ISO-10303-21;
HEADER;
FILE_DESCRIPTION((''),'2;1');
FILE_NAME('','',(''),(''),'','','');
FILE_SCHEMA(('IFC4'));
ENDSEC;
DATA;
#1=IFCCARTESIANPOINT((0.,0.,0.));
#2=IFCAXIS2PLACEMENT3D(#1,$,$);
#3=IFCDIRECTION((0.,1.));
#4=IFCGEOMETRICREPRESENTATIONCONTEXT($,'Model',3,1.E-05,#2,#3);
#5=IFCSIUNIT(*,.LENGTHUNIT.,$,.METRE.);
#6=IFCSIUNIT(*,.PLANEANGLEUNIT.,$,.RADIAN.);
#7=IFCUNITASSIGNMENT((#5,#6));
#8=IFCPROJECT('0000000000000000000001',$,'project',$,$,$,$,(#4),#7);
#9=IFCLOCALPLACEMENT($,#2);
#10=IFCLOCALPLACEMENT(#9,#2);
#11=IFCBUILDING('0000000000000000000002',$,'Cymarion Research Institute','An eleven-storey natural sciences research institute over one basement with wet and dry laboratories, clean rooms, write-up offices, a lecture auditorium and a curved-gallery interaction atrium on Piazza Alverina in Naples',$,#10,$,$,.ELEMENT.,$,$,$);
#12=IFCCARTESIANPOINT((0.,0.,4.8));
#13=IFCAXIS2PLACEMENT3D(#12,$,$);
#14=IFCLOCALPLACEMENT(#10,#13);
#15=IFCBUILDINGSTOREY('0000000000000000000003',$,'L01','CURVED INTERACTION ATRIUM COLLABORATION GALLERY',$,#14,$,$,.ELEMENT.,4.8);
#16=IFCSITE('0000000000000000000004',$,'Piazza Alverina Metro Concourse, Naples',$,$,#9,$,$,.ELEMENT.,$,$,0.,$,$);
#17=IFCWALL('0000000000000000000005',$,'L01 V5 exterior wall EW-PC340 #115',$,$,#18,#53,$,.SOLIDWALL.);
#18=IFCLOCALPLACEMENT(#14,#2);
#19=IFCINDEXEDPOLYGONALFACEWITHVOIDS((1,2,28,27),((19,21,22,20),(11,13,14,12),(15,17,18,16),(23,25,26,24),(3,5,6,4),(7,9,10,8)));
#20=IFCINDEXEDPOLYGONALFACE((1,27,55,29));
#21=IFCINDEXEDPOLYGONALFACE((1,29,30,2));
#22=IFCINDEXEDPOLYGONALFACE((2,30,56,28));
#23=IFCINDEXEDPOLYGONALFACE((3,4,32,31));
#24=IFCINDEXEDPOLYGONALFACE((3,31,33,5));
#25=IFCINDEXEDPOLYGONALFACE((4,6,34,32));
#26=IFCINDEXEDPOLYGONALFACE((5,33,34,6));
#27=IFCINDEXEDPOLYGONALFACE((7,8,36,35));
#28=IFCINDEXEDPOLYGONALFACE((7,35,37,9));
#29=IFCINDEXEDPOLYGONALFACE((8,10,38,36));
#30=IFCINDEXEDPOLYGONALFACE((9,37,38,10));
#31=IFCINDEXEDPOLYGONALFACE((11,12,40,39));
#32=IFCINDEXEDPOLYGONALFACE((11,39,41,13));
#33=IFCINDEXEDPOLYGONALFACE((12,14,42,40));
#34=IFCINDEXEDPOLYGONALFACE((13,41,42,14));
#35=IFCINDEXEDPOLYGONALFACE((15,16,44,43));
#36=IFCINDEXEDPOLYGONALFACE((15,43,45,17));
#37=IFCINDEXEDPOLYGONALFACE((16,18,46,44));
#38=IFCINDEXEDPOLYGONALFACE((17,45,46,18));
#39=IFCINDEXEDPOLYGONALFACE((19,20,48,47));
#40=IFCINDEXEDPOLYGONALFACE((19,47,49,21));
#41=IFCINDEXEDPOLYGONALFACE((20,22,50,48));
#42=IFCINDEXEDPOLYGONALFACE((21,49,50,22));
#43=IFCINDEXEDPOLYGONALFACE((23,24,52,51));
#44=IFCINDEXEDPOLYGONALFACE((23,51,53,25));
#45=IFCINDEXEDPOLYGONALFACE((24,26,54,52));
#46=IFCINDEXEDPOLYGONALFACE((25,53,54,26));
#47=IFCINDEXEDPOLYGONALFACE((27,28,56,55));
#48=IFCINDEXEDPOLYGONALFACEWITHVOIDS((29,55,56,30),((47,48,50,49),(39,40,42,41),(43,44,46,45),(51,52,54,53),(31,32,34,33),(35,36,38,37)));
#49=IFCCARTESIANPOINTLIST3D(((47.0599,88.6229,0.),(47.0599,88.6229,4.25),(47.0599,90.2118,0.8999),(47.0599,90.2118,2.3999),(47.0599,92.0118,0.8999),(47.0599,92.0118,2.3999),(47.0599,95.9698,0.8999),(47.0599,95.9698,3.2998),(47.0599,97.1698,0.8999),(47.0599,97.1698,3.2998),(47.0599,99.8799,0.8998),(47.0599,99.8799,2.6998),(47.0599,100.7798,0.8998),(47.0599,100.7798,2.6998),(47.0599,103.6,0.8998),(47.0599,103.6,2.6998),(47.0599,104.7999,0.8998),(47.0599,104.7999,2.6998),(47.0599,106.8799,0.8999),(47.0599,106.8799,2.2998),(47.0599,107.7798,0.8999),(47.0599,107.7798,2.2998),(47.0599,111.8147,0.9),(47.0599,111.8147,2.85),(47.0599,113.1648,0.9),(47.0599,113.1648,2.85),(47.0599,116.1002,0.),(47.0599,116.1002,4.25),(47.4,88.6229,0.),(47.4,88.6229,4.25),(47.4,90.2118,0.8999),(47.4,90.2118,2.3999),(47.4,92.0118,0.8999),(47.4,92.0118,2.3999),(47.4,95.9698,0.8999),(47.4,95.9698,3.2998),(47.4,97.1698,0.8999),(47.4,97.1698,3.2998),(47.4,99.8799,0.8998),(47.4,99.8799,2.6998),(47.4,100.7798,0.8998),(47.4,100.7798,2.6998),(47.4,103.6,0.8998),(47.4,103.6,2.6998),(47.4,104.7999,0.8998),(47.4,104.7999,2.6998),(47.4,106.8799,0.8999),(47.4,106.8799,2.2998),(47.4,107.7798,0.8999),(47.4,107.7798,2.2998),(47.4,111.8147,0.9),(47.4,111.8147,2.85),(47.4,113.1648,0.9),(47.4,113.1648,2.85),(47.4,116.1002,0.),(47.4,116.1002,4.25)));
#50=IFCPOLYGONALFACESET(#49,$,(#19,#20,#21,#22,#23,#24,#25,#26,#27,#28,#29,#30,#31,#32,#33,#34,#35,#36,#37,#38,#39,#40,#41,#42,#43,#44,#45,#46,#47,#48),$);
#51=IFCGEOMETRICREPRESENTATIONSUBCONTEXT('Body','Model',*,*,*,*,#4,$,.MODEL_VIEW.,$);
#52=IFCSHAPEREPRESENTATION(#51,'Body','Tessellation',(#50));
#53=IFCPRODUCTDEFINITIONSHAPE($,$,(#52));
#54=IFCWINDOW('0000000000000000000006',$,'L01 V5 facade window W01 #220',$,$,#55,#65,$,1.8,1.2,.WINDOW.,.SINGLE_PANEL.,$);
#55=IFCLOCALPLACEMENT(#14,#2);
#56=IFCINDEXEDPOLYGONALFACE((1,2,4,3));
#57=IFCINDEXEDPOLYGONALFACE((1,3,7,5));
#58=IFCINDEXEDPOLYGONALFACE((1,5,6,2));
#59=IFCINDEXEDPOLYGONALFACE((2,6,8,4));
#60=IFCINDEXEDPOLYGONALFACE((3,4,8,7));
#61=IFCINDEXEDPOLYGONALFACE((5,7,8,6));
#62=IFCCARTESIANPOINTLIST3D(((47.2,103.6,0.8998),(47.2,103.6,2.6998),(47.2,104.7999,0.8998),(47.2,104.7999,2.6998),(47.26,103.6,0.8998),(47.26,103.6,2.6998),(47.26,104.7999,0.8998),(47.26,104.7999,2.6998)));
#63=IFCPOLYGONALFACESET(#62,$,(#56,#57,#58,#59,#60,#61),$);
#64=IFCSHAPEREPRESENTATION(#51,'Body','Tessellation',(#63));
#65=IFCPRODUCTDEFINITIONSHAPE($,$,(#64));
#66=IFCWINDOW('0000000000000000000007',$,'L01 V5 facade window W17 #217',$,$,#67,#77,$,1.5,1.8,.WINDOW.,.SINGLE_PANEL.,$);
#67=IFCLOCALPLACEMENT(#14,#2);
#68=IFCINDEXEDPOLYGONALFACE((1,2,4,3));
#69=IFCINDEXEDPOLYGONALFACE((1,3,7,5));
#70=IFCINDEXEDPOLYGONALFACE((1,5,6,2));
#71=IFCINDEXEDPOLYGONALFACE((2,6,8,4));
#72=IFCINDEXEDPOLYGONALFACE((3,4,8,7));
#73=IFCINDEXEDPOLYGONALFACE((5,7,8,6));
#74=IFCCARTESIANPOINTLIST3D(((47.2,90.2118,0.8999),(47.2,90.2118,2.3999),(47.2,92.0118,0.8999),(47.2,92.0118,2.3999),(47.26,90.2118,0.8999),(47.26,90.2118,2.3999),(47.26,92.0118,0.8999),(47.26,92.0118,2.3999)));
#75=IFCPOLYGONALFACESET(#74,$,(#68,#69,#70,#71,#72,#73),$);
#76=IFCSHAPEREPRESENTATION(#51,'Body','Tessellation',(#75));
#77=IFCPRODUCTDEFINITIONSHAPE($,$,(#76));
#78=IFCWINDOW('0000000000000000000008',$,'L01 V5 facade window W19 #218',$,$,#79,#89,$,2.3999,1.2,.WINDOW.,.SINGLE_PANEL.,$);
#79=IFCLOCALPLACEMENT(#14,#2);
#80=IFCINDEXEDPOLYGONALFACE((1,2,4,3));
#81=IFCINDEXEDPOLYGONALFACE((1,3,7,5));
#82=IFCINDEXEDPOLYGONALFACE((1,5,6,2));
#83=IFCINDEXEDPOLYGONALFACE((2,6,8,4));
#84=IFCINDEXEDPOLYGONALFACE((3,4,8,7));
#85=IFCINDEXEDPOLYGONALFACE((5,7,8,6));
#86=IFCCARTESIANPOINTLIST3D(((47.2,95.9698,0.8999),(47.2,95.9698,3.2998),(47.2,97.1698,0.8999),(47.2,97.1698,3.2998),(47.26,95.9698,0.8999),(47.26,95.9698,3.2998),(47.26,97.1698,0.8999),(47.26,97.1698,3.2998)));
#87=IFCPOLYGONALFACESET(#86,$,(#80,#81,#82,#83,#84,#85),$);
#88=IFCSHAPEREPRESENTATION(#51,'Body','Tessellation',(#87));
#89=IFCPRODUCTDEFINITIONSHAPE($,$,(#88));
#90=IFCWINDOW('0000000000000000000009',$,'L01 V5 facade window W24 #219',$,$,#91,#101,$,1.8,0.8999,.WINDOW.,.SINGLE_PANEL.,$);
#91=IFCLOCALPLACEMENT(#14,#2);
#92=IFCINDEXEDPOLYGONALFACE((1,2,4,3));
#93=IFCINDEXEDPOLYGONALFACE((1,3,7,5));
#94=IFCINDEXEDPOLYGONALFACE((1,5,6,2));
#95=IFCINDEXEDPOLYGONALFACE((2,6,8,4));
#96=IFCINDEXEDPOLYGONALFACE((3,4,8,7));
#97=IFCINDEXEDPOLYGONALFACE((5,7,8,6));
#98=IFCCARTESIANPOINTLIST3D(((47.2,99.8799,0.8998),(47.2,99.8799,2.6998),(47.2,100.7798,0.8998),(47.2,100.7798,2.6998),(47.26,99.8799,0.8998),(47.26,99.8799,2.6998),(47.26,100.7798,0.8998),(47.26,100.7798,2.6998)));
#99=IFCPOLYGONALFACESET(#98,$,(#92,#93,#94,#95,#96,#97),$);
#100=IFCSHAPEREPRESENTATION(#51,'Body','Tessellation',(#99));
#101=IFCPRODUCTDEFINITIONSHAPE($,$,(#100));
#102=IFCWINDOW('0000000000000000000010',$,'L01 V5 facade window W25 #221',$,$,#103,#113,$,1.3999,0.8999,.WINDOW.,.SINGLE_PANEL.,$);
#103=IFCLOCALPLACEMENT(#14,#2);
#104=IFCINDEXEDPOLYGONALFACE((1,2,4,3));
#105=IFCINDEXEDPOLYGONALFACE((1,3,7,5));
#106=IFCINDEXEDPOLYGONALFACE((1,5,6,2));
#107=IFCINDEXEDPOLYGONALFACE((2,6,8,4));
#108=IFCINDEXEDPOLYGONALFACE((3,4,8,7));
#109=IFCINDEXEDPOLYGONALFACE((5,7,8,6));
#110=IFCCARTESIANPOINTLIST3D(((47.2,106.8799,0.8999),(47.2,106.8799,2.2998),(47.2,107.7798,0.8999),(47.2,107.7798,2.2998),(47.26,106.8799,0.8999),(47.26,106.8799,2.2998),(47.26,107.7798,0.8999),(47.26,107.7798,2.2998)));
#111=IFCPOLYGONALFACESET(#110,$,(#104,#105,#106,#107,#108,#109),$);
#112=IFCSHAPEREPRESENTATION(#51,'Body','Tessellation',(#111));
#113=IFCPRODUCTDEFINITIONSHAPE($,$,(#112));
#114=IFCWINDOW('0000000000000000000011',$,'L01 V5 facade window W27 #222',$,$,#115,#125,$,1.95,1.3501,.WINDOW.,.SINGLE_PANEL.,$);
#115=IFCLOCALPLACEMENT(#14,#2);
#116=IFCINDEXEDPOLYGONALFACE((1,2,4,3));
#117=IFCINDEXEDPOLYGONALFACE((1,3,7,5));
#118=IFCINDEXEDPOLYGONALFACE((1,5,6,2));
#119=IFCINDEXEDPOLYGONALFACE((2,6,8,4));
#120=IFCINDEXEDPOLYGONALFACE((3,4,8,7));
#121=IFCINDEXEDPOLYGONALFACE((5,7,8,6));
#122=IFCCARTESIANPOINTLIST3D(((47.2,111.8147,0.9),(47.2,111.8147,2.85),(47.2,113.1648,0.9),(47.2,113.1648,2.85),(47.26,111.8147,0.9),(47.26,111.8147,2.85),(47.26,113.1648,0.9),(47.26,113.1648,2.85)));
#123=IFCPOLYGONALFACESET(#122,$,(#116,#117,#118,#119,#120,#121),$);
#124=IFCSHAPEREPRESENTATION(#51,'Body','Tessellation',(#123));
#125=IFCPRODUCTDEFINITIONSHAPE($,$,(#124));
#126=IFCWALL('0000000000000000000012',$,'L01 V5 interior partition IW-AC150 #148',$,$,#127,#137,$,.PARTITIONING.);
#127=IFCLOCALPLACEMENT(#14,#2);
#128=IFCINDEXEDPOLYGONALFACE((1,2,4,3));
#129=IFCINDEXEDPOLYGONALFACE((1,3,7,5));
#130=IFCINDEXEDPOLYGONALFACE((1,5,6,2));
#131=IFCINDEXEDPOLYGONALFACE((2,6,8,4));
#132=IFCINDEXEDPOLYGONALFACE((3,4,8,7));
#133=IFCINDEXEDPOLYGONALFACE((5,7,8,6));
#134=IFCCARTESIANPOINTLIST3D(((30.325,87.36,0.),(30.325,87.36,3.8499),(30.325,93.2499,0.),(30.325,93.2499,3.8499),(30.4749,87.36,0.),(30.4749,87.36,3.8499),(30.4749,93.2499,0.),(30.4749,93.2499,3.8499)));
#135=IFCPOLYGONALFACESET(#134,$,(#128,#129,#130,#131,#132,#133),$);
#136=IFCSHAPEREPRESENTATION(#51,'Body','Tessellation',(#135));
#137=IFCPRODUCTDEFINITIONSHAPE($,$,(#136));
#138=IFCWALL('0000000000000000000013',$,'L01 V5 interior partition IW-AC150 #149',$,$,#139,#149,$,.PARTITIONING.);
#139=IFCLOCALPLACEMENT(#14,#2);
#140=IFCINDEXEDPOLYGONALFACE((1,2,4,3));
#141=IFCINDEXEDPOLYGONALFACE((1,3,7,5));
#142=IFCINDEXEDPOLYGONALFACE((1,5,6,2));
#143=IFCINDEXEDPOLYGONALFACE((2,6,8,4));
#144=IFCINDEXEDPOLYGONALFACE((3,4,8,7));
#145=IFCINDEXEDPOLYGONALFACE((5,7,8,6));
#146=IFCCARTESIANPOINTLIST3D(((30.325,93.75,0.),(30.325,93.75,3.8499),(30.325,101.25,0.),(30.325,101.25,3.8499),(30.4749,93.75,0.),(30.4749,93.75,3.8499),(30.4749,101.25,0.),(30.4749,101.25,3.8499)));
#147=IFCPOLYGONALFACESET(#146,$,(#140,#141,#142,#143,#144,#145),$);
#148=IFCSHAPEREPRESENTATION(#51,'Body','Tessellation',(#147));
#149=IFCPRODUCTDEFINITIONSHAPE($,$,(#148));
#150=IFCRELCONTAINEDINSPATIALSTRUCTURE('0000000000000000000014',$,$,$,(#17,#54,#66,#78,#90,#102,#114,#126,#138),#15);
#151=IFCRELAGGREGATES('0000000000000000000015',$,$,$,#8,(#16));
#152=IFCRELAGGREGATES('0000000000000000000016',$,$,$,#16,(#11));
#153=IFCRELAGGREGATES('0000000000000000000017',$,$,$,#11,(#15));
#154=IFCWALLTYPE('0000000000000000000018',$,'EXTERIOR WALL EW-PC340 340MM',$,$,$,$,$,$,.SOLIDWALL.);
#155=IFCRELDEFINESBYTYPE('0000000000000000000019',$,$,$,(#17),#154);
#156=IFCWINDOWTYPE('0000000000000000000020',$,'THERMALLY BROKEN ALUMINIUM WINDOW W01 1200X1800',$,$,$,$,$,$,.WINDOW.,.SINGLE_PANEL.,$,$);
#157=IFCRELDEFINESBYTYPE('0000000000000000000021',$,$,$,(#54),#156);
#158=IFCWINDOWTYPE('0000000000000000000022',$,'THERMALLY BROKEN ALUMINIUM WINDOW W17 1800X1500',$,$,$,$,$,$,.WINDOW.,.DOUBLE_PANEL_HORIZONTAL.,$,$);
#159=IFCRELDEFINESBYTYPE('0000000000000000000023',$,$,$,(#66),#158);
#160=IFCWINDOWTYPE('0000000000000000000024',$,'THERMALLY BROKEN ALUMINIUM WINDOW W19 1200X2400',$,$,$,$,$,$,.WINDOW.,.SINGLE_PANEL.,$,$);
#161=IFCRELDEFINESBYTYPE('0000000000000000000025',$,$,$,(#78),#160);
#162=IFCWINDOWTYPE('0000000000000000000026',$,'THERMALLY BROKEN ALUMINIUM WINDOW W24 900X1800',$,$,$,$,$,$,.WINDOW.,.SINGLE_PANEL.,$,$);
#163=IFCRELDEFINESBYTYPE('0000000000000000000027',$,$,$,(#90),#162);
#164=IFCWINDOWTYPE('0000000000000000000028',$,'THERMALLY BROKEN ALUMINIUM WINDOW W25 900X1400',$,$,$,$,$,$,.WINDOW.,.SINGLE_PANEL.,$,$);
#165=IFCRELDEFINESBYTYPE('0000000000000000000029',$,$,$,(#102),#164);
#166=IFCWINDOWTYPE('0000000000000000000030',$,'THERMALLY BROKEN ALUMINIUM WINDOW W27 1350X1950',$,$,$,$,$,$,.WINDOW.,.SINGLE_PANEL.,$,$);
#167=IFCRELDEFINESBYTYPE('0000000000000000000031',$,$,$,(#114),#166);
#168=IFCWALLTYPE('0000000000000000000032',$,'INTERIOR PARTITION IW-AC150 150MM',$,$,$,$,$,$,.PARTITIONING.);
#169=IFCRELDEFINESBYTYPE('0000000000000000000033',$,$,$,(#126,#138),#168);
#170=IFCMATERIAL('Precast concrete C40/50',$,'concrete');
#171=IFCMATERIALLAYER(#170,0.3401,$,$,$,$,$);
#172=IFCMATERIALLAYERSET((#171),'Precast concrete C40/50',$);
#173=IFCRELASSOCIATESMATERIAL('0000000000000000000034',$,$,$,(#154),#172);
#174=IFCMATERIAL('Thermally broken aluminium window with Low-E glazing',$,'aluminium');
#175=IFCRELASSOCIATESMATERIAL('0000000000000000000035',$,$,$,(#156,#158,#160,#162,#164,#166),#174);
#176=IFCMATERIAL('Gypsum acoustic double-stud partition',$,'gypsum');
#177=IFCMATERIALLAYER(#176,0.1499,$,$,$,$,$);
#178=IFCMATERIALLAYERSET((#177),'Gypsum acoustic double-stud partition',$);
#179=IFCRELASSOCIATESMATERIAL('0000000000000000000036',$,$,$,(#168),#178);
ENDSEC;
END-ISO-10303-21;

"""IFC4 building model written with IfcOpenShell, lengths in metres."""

from ifc_helpers import new_model, si_unit, direction, frame, frame_2d, origin, place, context, subcontext, project, spatial, rectangle, extrude, material, layer, layer_set, type_object, element, fill, save


model = new_model("IFC4")

# Units and contexts
model_context = context("Model", 3, precision=1e-05, world=origin(), true_north=direction((0.0, 1.0)))
body_context = subcontext(model_context, "Body", "Model", "MODEL_VIEW")
ifc_project = project(units=[si_unit("LENGTHUNIT", "METRE"), si_unit("PLANEANGLEUNIT", "RADIAN")], contexts=[model_context])

# Site, building, storey
site_placement = place(None, origin())
site = spatial("IfcSite", under=ifc_project, at=site_placement, Name="Piazza Alverina Metro Concourse, Naples", CompositionType="ELEMENT", RefElevation=0.0)
building_placement = place(site_placement, origin())
building = spatial("IfcBuilding", under=site, at=building_placement, Name="Cymarion Research Institute", Description="An eleven-storey natural sciences research institute over one basement with wet and dry laboratories, clean rooms, write-up offices, a lecture auditorium and a curved-gallery interaction atrium on Piazza Alverina in Naples", CompositionType="ELEMENT")
storey_placement = place(building_placement, frame((0.0, 0.0, 4.8)))
storey = spatial("IfcBuildingStorey", under=building, at=storey_placement, Name="L01", Description="CURVED INTERACTION ATRIUM COLLABORATION GALLERY", CompositionType="ELEMENT", Elevation=4.8)

# Wall, openings, windows
ifc_material_1 = material(Name="Precast concrete C40/50", Category="concrete")
ifc_layer_1 = layer(ifc_material_1, 0.3401)
ifc_layer_set_1 = layer_set([ifc_layer_1], Name="Precast concrete C40/50")
wall_type_1 = type_object("IfcWallType", Name="EXTERIOR WALL EW-PC340 340MM", PredefinedType="SOLIDWALL", material=ifc_layer_set_1)
wall_1_placement = place(storey_placement, frame((47.23, 88.6228, 0.0), z_axis=(0.0, 0.0, 1.0), x_axis=(0.0, 1.0, 0.0)))
wall_1 = element("IfcWall", 1, at=wall_1_placement, inside=storey, type_object=wall_type_1, Name="L01 V5 exterior wall EW-PC340 #115", PredefinedType="SOLIDWALL", context=body_context, shape_type="SweptSolid", body=[
    extrude(rectangle(XDim=27.4773, YDim=0.3401, at=frame_2d((13.7388, 0.0))), origin(), (0.0, 0.0, 1.0), 4.25),
])
opening_1_placement = place(wall_1_placement, frame((1.5891, 0.0, 0.8999)))
opening_1 = element("IfcOpeningElement", 2, at=opening_1_placement, cuts=wall_1, PredefinedType="OPENING", context=body_context, shape_type="SweptSolid", body=[
    extrude(rectangle(XDim=1.8, YDim=1.5, at=frame_2d((0.8999, 0.75))), frame((0.0, 0.1799, 0.0), z_axis=(0.0, -1.0, 0.0), x_axis=(1.0, 0.0, 0.0)), (0.0, 0.0, 1.0), 0.3601),
])
opening_2_placement = place(wall_1_placement, frame((7.3469, 0.0, 0.8999)))
opening_2 = element("IfcOpeningElement", 3, at=opening_2_placement, cuts=wall_1, PredefinedType="OPENING", context=body_context, shape_type="SweptSolid", body=[
    extrude(rectangle(XDim=1.2, YDim=2.3999, at=frame_2d((0.6001, 1.2))), frame((0.0, 0.1799, 0.0), z_axis=(0.0, -1.0, 0.0), x_axis=(1.0, 0.0, 0.0)), (0.0, 0.0, 1.0), 0.3601),
])
opening_3_placement = place(wall_1_placement, frame((11.2571, 0.0, 0.8999)))
opening_3 = element("IfcOpeningElement", 4, at=opening_3_placement, cuts=wall_1, PredefinedType="OPENING", context=body_context, shape_type="SweptSolid", body=[
    extrude(rectangle(XDim=0.8999, YDim=1.8, at=frame_2d((0.45, 0.8999))), frame((0.0, 0.1799, 0.0), z_axis=(0.0, -1.0, 0.0), x_axis=(1.0, 0.0, 0.0)), (0.0, 0.0, 1.0), 0.3601),
])
opening_4_placement = place(wall_1_placement, frame((14.9771, 0.0, 0.8999)))
opening_4 = element("IfcOpeningElement", 5, at=opening_4_placement, cuts=wall_1, PredefinedType="OPENING", context=body_context, shape_type="SweptSolid", body=[
    extrude(rectangle(XDim=1.2, YDim=1.8, at=frame_2d((0.6001, 0.8999))), frame((0.0, 0.1799, 0.0), z_axis=(0.0, -1.0, 0.0), x_axis=(1.0, 0.0, 0.0)), (0.0, 0.0, 1.0), 0.3601),
])
opening_5_placement = place(wall_1_placement, frame((18.2571, 0.0, 0.8999)))
opening_5 = element("IfcOpeningElement", 6, at=opening_5_placement, cuts=wall_1, PredefinedType="OPENING", context=body_context, shape_type="SweptSolid", body=[
    extrude(rectangle(XDim=0.8999, YDim=1.3999, at=frame_2d((0.45, 0.7))), frame((0.0, 0.1799, 0.0), z_axis=(0.0, -1.0, 0.0), x_axis=(1.0, 0.0, 0.0)), (0.0, 0.0, 1.0), 0.3601),
])
opening_6_placement = place(wall_1_placement, frame((23.1919, 0.0, 0.8999)))
opening_6 = element("IfcOpeningElement", 7, at=opening_6_placement, cuts=wall_1, PredefinedType="OPENING", context=body_context, shape_type="SweptSolid", body=[
    extrude(rectangle(XDim=1.3501, YDim=1.95, at=frame_2d((0.675, 0.9751))), frame((0.0, 0.1799, 0.0), z_axis=(0.0, -1.0, 0.0), x_axis=(1.0, 0.0, 0.0)), (0.0, 0.0, 1.0), 0.3601),
])
ifc_material_2 = material(Name="Thermally broken aluminium window with Low-E glazing", Category="aluminium")
window_type_1 = type_object("IfcWindowType", Name="THERMALLY BROKEN ALUMINIUM WINDOW W01 1200X1800", PartitioningType="SINGLE_PANEL", PredefinedType="WINDOW", material=ifc_material_2)
window_1_placement = place(opening_4_placement, origin())
window_1 = element("IfcWindow", 8, at=window_1_placement, inside=storey, type_object=window_type_1, Name="L01 V5 facade window W01 #220", OverallHeight=1.8, OverallWidth=1.2, PartitioningType="SINGLE_PANEL", PredefinedType="WINDOW", context=body_context, shape_type="SweptSolid", body=[
    extrude(rectangle(XDim=1.2, YDim=1.8, at=frame_2d((0.6001, 0.8999))), frame((0.0, 0.03, 0.0), z_axis=(0.0, -1.0, 0.0), x_axis=(1.0, 0.0, 0.0)), (0.0, 0.0, 1.0), 0.0601),
])
fill(opening_4, window_1)
window_type_2 = type_object("IfcWindowType", Name="THERMALLY BROKEN ALUMINIUM WINDOW W17 1800X1500", PartitioningType="DOUBLE_PANEL_HORIZONTAL", PredefinedType="WINDOW", material=ifc_material_2)
window_2_placement = place(opening_1_placement, origin())
window_2 = element("IfcWindow", 9, at=window_2_placement, inside=storey, type_object=window_type_2, Name="L01 V5 facade window W17 #217", OverallHeight=1.5, OverallWidth=1.8, PartitioningType="SINGLE_PANEL", PredefinedType="WINDOW", context=body_context, shape_type="SweptSolid", body=[
    extrude(rectangle(XDim=1.8, YDim=1.5, at=frame_2d((0.8999, 0.75))), frame((0.0, 0.03, 0.0), z_axis=(0.0, -1.0, 0.0), x_axis=(1.0, 0.0, 0.0)), (0.0, 0.0, 1.0), 0.0601),
])
fill(opening_1, window_2)
window_type_3 = type_object("IfcWindowType", Name="THERMALLY BROKEN ALUMINIUM WINDOW W19 1200X2400", PartitioningType="SINGLE_PANEL", PredefinedType="WINDOW", material=ifc_material_2)
window_3_placement = place(opening_2_placement, origin())
window_3 = element("IfcWindow", 10, at=window_3_placement, inside=storey, type_object=window_type_3, Name="L01 V5 facade window W19 #218", OverallHeight=2.3999, OverallWidth=1.2, PartitioningType="SINGLE_PANEL", PredefinedType="WINDOW", context=body_context, shape_type="SweptSolid", body=[
    extrude(rectangle(XDim=1.2, YDim=2.3999, at=frame_2d((0.6001, 1.2))), frame((0.0, 0.03, 0.0), z_axis=(0.0, -1.0, 0.0), x_axis=(1.0, 0.0, 0.0)), (0.0, 0.0, 1.0), 0.0601),
])
fill(opening_2, window_3)
window_type_4 = type_object("IfcWindowType", Name="THERMALLY BROKEN ALUMINIUM WINDOW W24 900X1800", PartitioningType="SINGLE_PANEL", PredefinedType="WINDOW", material=ifc_material_2)
window_4_placement = place(opening_3_placement, origin())
window_4 = element("IfcWindow", 11, at=window_4_placement, inside=storey, type_object=window_type_4, Name="L01 V5 facade window W24 #219", OverallHeight=1.8, OverallWidth=0.8999, PartitioningType="SINGLE_PANEL", PredefinedType="WINDOW", context=body_context, shape_type="SweptSolid", body=[
    extrude(rectangle(XDim=0.8999, YDim=1.8, at=frame_2d((0.45, 0.8999))), frame((0.0, 0.03, 0.0), z_axis=(0.0, -1.0, 0.0), x_axis=(1.0, 0.0, 0.0)), (0.0, 0.0, 1.0), 0.0601),
])
fill(opening_3, window_4)
window_type_5 = type_object("IfcWindowType", Name="THERMALLY BROKEN ALUMINIUM WINDOW W25 900X1400", PartitioningType="SINGLE_PANEL", PredefinedType="WINDOW", material=ifc_material_2)
window_5_placement = place(opening_5_placement, origin())
window_5 = element("IfcWindow", 12, at=window_5_placement, inside=storey, type_object=window_type_5, Name="L01 V5 facade window W25 #221", OverallHeight=1.3999, OverallWidth=0.8999, PartitioningType="SINGLE_PANEL", PredefinedType="WINDOW", context=body_context, shape_type="SweptSolid", body=[
    extrude(rectangle(XDim=0.8999, YDim=1.3999, at=frame_2d((0.45, 0.7))), frame((0.0, 0.03, 0.0), z_axis=(0.0, -1.0, 0.0), x_axis=(1.0, 0.0, 0.0)), (0.0, 0.0, 1.0), 0.0601),
])
fill(opening_5, window_5)
window_type_6 = type_object("IfcWindowType", Name="THERMALLY BROKEN ALUMINIUM WINDOW W27 1350X1950", PartitioningType="SINGLE_PANEL", PredefinedType="WINDOW", material=ifc_material_2)
window_6_placement = place(opening_6_placement, origin())
window_6 = element("IfcWindow", 13, at=window_6_placement, inside=storey, type_object=window_type_6, Name="L01 V5 facade window W27 #222", OverallHeight=1.95, OverallWidth=1.3501, PartitioningType="SINGLE_PANEL", PredefinedType="WINDOW", context=body_context, shape_type="SweptSolid", body=[
    extrude(rectangle(XDim=1.3501, YDim=1.95, at=frame_2d((0.675, 0.9751))), frame((0.0, 0.03, 0.0), z_axis=(0.0, -1.0, 0.0), x_axis=(1.0, 0.0, 0.0)), (0.0, 0.0, 1.0), 0.0601),
])
fill(opening_6, window_6)

# Walls
ifc_material_3 = material(Name="Gypsum acoustic double-stud partition", Category="gypsum")
ifc_layer_2 = layer(ifc_material_3, 0.1499)
ifc_layer_set_2 = layer_set([ifc_layer_2], Name="Gypsum acoustic double-stud partition")
wall_type_2 = type_object("IfcWallType", Name="INTERIOR PARTITION IW-AC150 150MM", PredefinedType="PARTITIONING", material=ifc_layer_set_2)
wall_2_placement = place(storey_placement, frame((30.3999, 87.3601, 0.0), z_axis=(0.0, 0.0, 1.0), x_axis=(0.0, 1.0, 0.0)))
element("IfcWall", 14, at=wall_2_placement, inside=storey, type_object=wall_type_2, Name="L01 V5 interior partition IW-AC150 #148", PredefinedType="PARTITIONING", context=body_context, shape_type="SweptSolid", body=[
    extrude(rectangle(XDim=5.8899, YDim=0.1499, at=frame_2d((2.9448, 0.0))), origin(), (0.0, 0.0, 1.0), 3.8499),
])
wall_3_placement = place(storey_placement, frame((30.3999, 93.75, 0.0), z_axis=(0.0, 0.0, 1.0), x_axis=(0.0, 1.0, 0.0)))
element("IfcWall", 15, at=wall_3_placement, inside=storey, type_object=wall_type_2, Name="L01 V5 interior partition IW-AC150 #149", PredefinedType="PARTITIONING", context=body_context, shape_type="SweptSolid", body=[
    extrude(rectangle(XDim=7.5, YDim=0.1499, at=frame_2d((3.75, 0.0))), origin(), (0.0, 0.0, 1.0), 3.8499),
])

save(model, "model.ifc")
